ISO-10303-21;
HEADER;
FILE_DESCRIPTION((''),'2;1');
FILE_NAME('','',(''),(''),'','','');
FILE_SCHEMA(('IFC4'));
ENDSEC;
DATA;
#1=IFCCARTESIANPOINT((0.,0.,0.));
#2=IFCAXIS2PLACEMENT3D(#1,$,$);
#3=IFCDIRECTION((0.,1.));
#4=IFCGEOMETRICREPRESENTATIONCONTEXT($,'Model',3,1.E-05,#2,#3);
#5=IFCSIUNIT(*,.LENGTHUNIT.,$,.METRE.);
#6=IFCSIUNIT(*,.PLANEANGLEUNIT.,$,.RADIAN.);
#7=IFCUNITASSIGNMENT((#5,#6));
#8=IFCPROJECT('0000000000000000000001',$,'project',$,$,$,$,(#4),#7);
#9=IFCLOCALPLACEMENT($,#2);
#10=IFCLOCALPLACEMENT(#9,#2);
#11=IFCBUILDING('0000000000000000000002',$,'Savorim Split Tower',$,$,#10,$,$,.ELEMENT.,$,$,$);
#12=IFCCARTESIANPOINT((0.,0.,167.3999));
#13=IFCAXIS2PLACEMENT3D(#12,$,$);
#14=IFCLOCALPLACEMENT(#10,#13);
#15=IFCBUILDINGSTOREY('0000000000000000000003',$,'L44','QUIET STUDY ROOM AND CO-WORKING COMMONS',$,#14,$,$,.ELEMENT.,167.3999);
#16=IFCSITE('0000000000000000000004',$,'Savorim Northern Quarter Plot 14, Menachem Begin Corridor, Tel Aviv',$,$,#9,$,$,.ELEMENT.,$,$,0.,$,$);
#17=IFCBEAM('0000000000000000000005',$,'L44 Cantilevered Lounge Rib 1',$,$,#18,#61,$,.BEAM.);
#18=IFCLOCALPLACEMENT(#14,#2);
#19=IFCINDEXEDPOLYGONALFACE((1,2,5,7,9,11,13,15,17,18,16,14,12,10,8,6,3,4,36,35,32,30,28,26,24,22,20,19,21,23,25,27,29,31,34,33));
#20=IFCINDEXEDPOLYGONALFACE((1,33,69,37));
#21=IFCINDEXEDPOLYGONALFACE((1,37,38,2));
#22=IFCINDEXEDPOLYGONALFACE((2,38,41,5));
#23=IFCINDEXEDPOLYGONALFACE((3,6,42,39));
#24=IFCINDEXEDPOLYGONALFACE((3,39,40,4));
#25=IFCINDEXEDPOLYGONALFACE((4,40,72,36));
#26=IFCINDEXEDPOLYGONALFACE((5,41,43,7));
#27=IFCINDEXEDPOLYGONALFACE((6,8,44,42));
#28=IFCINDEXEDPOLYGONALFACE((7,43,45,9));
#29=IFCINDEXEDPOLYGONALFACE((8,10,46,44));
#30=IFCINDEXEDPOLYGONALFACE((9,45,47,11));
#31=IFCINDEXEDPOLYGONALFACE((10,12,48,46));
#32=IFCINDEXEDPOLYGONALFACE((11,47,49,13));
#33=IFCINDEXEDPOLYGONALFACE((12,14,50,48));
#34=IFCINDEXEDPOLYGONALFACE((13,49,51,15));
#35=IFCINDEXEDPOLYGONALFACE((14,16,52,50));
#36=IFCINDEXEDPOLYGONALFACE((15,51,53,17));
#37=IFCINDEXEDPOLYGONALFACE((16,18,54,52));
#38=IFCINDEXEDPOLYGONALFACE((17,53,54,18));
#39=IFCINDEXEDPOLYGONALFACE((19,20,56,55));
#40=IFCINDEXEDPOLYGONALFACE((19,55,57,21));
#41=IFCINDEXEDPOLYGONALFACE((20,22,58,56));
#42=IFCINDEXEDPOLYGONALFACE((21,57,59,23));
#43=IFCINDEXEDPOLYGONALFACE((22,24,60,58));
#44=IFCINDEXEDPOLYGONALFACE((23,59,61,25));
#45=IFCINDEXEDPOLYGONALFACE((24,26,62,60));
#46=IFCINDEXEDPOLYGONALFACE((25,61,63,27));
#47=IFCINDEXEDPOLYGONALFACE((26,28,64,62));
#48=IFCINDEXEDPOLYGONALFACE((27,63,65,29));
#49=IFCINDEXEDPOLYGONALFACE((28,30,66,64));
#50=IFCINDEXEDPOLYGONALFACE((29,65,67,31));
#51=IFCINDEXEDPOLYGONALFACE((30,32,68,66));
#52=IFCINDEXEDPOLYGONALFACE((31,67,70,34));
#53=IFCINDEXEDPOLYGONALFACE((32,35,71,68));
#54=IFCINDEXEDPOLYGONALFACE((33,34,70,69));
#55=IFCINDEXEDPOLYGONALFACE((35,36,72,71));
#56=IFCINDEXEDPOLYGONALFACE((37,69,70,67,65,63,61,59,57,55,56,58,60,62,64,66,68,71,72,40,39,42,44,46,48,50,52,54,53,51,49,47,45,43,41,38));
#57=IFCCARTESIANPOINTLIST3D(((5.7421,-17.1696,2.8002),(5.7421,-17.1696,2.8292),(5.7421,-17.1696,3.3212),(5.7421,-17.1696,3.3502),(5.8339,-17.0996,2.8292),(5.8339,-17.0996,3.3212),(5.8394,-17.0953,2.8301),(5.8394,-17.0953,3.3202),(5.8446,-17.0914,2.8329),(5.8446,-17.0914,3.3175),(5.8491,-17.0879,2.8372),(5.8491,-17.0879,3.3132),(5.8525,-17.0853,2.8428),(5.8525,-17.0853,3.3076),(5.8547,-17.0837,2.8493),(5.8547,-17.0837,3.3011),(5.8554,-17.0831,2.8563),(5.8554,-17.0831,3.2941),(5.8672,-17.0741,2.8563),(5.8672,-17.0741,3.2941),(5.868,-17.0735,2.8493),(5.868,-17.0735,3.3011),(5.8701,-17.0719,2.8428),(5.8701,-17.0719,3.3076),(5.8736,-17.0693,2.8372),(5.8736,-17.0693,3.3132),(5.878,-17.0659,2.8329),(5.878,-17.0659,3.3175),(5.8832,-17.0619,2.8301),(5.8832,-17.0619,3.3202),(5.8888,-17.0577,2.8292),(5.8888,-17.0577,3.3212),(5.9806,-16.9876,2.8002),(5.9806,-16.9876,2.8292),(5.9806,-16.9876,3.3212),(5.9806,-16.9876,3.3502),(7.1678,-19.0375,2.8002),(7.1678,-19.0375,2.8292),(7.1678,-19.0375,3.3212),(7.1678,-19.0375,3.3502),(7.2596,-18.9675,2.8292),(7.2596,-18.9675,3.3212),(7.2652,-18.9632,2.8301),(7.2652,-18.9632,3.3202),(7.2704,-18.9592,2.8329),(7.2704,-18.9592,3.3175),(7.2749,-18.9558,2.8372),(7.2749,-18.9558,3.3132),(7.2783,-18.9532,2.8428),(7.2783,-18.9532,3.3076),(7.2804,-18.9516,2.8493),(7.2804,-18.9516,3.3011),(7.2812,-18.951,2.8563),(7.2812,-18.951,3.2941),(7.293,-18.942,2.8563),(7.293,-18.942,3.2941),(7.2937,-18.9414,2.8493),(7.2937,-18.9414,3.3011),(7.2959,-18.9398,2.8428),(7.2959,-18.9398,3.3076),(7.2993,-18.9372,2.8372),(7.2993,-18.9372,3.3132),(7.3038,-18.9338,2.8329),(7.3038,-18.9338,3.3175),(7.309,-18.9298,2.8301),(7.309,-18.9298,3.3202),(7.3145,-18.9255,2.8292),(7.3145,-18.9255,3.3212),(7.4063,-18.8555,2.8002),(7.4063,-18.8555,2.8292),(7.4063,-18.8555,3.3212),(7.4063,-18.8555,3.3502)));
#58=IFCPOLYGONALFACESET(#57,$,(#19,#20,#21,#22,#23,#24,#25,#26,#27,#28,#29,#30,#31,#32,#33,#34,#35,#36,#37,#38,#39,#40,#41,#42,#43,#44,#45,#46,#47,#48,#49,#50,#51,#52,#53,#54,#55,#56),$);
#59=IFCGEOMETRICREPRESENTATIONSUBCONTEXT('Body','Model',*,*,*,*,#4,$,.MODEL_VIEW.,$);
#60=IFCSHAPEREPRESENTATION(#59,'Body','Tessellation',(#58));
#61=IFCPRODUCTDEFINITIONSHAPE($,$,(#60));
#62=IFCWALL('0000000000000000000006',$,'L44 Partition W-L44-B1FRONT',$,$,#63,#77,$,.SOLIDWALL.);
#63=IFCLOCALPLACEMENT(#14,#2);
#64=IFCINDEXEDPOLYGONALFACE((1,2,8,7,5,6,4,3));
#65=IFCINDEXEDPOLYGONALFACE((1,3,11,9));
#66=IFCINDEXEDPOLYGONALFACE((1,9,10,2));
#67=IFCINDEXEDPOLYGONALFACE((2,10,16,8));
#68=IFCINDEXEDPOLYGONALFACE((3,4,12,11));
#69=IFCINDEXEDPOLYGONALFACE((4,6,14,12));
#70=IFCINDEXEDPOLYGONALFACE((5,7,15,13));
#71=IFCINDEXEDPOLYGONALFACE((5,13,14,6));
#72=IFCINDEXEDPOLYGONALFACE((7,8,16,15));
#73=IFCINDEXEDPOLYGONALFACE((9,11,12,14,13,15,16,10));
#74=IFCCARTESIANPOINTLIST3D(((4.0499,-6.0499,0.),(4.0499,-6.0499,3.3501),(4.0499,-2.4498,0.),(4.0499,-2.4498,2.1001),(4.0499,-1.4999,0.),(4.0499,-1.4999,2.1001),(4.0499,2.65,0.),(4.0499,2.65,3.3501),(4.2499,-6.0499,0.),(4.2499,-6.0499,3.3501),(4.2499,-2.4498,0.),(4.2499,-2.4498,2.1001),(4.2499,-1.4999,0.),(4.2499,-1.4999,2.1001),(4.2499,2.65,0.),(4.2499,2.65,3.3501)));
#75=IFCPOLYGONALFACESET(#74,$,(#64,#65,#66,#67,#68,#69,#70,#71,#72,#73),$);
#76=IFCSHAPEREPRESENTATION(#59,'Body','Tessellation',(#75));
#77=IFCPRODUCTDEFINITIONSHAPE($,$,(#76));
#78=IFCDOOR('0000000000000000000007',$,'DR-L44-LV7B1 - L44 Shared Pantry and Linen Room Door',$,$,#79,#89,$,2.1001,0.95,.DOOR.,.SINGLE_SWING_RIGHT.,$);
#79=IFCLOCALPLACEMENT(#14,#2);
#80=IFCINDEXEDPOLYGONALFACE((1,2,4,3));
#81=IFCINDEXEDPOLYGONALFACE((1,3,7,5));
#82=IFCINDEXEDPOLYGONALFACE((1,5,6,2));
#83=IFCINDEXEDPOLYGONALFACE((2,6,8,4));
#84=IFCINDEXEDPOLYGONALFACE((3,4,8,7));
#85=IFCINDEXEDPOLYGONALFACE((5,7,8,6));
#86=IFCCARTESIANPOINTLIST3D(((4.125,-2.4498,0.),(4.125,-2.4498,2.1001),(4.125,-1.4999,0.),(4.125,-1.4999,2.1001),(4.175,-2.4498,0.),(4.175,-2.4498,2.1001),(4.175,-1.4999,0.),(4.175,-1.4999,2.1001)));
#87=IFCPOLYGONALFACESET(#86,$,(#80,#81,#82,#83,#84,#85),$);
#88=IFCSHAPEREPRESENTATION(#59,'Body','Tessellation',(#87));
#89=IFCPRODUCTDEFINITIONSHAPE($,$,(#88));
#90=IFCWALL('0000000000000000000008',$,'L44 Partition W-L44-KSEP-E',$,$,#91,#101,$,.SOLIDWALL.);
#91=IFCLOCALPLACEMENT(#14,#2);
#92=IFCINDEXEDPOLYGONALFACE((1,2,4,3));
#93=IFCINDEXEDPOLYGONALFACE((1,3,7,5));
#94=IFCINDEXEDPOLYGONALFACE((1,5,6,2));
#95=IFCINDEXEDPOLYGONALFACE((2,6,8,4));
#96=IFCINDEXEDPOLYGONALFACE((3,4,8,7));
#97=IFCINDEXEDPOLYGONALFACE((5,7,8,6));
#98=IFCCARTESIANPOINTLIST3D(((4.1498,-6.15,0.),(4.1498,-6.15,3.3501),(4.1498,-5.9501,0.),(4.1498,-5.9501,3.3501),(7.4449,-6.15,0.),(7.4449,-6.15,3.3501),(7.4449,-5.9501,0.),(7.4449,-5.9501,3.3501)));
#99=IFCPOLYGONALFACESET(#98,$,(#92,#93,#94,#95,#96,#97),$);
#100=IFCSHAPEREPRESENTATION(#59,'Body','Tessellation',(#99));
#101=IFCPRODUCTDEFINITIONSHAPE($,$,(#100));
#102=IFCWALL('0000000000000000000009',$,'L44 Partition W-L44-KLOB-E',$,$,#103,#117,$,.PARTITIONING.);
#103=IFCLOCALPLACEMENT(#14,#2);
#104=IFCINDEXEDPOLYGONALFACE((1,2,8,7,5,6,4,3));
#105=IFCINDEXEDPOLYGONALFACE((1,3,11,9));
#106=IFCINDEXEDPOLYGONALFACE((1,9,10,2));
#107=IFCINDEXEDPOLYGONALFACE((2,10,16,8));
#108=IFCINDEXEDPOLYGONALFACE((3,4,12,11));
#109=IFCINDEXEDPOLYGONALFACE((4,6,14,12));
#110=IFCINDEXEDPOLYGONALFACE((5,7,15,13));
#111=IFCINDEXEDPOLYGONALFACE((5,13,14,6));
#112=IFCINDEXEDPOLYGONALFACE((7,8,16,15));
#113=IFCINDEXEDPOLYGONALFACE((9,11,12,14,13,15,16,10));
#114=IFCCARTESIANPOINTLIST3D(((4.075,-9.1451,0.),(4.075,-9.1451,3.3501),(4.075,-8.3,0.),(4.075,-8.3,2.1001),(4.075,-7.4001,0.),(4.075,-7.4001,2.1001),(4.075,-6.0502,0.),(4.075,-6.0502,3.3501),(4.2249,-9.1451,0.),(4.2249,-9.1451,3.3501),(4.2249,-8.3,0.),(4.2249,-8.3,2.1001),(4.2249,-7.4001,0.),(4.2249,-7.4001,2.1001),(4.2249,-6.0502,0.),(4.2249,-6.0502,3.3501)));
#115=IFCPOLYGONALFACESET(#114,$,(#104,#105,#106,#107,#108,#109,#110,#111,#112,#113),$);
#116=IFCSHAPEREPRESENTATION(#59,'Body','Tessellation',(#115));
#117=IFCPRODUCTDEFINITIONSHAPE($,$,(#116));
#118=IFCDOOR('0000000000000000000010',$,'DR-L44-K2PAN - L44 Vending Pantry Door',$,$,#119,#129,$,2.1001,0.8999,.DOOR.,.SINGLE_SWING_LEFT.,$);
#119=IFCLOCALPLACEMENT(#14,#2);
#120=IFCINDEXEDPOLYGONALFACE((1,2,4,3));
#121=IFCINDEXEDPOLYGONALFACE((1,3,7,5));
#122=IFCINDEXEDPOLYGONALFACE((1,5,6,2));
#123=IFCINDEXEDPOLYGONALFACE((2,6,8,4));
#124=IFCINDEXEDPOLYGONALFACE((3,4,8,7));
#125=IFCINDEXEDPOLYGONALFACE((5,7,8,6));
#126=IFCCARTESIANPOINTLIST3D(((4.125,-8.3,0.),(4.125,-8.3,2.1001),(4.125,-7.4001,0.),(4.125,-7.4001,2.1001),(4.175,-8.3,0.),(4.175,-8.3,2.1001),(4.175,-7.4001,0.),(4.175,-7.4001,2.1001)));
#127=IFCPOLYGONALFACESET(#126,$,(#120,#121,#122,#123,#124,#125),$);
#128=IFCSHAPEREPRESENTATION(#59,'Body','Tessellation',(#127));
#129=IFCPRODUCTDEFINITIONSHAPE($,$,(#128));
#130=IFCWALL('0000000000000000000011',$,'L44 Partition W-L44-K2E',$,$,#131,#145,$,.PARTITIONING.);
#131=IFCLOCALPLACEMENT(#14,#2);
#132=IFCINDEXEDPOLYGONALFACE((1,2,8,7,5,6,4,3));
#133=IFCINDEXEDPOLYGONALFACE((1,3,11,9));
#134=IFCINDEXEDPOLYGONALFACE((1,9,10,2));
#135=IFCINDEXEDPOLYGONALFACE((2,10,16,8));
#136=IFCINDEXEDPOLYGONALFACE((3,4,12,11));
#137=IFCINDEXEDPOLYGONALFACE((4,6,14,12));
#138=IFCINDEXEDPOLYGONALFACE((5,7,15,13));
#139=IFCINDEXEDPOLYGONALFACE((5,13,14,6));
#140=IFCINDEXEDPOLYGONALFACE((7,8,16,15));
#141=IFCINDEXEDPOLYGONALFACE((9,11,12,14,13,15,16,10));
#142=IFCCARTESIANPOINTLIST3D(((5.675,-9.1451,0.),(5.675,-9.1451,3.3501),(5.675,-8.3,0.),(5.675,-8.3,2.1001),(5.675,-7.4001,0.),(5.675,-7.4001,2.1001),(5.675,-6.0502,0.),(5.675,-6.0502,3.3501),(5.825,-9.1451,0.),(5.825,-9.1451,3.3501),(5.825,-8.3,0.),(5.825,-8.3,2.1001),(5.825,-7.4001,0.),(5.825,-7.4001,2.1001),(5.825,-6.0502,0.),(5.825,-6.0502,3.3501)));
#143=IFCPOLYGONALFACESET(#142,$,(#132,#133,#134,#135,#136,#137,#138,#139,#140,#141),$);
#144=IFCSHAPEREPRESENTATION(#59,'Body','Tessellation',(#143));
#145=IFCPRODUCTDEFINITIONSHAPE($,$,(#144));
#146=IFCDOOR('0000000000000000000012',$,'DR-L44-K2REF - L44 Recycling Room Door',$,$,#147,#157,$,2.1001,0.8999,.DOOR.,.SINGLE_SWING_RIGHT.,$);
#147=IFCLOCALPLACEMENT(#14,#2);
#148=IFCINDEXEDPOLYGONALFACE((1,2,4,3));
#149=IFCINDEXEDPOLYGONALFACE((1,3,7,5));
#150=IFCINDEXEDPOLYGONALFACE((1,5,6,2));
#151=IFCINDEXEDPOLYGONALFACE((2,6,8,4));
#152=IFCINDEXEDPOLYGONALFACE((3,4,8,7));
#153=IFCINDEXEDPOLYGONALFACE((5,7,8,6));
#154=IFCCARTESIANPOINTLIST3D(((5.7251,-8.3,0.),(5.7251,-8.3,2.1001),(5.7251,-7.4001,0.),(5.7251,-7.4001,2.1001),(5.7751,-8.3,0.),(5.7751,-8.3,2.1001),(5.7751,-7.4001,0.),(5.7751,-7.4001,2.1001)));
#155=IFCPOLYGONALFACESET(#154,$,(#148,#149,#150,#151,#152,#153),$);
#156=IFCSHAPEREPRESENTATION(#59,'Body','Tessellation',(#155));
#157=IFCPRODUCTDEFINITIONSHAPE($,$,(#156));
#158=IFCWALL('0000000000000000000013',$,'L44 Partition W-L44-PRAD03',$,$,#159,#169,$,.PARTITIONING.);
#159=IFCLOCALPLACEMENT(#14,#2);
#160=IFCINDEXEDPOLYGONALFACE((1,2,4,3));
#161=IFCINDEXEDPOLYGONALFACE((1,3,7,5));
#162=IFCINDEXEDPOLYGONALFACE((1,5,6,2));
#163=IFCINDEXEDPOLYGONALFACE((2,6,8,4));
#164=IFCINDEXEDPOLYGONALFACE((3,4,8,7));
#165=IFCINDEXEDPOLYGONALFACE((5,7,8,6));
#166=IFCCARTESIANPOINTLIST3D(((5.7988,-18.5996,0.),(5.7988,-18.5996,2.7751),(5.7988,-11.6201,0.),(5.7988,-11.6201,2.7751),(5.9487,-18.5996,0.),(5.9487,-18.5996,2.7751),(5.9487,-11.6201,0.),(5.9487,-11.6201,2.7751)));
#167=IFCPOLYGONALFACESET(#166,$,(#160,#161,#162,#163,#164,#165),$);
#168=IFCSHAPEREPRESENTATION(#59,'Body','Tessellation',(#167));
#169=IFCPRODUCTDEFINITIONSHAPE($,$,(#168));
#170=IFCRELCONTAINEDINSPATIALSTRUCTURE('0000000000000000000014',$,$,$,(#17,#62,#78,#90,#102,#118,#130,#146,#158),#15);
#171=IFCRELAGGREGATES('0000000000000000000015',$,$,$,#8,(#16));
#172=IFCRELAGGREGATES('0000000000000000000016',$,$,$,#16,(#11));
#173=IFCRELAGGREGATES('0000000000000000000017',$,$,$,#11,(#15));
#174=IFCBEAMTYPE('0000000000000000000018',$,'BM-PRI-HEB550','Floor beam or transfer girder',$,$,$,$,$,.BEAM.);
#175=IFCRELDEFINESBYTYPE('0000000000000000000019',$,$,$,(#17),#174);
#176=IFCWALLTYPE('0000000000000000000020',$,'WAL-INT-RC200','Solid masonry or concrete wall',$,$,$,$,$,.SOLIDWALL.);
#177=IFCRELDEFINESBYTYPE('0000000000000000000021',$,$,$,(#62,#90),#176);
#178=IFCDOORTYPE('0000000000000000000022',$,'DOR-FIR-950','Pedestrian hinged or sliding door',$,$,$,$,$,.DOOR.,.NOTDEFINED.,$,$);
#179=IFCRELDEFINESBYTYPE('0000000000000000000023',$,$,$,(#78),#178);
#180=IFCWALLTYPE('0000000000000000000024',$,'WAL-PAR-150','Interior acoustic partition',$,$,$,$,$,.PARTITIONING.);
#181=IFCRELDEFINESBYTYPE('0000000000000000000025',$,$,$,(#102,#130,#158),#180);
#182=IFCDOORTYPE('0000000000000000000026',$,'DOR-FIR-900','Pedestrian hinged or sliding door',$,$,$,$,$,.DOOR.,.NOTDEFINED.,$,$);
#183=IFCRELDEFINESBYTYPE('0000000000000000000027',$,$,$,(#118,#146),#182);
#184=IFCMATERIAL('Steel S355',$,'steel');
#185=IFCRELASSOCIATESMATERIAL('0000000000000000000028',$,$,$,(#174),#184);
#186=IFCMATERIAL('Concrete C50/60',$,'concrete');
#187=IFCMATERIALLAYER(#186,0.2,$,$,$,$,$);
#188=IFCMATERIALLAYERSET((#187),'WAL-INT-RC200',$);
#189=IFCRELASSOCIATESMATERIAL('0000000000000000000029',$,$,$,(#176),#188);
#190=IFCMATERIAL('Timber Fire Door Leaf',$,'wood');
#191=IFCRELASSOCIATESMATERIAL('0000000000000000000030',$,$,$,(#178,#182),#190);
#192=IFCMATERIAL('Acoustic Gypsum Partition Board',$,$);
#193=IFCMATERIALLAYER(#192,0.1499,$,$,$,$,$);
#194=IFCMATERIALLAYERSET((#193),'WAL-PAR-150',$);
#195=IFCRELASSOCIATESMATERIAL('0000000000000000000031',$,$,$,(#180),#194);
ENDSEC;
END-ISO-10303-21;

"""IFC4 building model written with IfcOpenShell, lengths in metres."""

from ifc_helpers import new_model, si_unit, direction, frame, frame_2d, origin, origin_2d, place, context, subcontext, project, spatial, rectangle, i_section, extrude, material, layer, layer_set, material_profile, profile_set, type_object, element, fill, save


model = new_model("IFC4")

# Units and contexts
model_context = context("Model", 3, precision=1e-05, world=origin(), true_north=direction((0.0, 1.0)))
body_context = subcontext(model_context, "Body", "Model", "MODEL_VIEW")
ifc_project = project(units=[si_unit("LENGTHUNIT", "METRE"), si_unit("PLANEANGLEUNIT", "RADIAN")], contexts=[model_context])

# Site, building, storey
site_placement = place(None, origin())
site = spatial("IfcSite", under=ifc_project, at=site_placement, Name="Savorim Northern Quarter Plot 14, Menachem Begin Corridor, Tel Aviv", CompositionType="ELEMENT", RefElevation=0.0)
building_placement = place(site_placement, origin())
building = spatial("IfcBuilding", under=site, at=building_placement, Name="Savorim Split Tower", CompositionType="ELEMENT")
storey_placement = place(building_placement, frame((0.0, 0.0, 167.3999)))
storey = spatial("IfcBuildingStorey", under=building, at=storey_placement, Name="L44", Description="QUIET STUDY ROOM AND CO-WORKING COMMONS", CompositionType="ELEMENT", Elevation=167.3999)

# Beam
ifc_material_1 = material(Name="Steel S355", Category="steel")
ifc_material_profile_1 = material_profile(ifc_material_1, i_section(OverallWidth=0.3, OverallDepth=0.55, WebThickness=0.0149, FlangeThickness=0.0291, FilletRadius=0.0271, at=origin_2d()), Name="HEB 550")
ifc_profile_set_1 = profile_set([ifc_material_profile_1], Name="Steel S355")
beam_type_1 = type_object("IfcBeamType", Name="BM-PRI-HEB550", Description="Floor beam or transfer girder", PredefinedType="BEAM", material=ifc_profile_set_1)
beam_1_placement = place(storey_placement, frame((5.8613, -17.0786, 3.0752), z_axis=(0.606744, -0.794897, 0.0), x_axis=(0.794897, 0.606744, 0.0)))
element("IfcBeam", 1, at=beam_1_placement, inside=storey, type_object=beam_type_1, Name="L44 Cantilevered Lounge Rib 1", PredefinedType="BEAM", context=body_context, shape_type="SweptSolid", body=[
    extrude(i_section(OverallWidth=0.3, OverallDepth=0.55, WebThickness=0.0149, FlangeThickness=0.0291, FilletRadius=0.0271, at=origin_2d()), origin(), (0.0, 0.0, 1.0), 2.3499),
])

# Wall, opening, door
ifc_material_2 = material(Name="Concrete C50/60", Category="concrete")
ifc_layer_1 = layer(ifc_material_2, 0.2)
ifc_layer_set_1 = layer_set([ifc_layer_1], Name="WAL-INT-RC200")
wall_type_1 = type_object("IfcWallType", Name="WAL-INT-RC200", Description="Solid masonry or concrete wall", PredefinedType="SOLIDWALL", material=ifc_layer_set_1)
wall_1_placement = place(storey_placement, frame((4.1499, -6.05, 0.0), z_axis=(0.0, 0.0, 1.0), x_axis=(0.0, 1.0, 0.0)))
wall_1 = element("IfcWall", 2, at=wall_1_placement, inside=storey, type_object=wall_type_1, Name="L44 Partition W-L44-B1FRONT", PredefinedType="SOLIDWALL", context=body_context, shape_type="SweptSolid", body=[
    extrude(rectangle(XDim=8.7, YDim=0.2, at=frame_2d((4.3501, 0.0))), origin(), (0.0, 0.0, 1.0), 3.3501),
])
opening_1_placement = place(wall_1_placement, frame((3.6001, 0.0, 0.0)))
opening_1 = element("IfcOpeningElement", 3, at=opening_1_placement, cuts=wall_1, PredefinedType="OPENING", context=body_context, shape_type="SweptSolid", body=[
    extrude(rectangle(XDim=0.95, YDim=2.1001, at=frame_2d((0.4751, 1.05))), frame((0.0, 0.1099, 0.0), z_axis=(0.0, -1.0, 0.0), x_axis=(1.0, 0.0, 0.0)), (0.0, 0.0, 1.0), 0.22),
])
ifc_material_3 = material(Name="Timber Fire Door Leaf", Category="wood")
door_type_1 = type_object("IfcDoorType", Name="DOR-FIR-950", Description="Pedestrian hinged or sliding door", OperationType="NOTDEFINED", PredefinedType="DOOR", material=ifc_material_3)
door_1_placement = place(opening_1_placement, origin())
door_1 = element("IfcDoor", 4, at=door_1_placement, inside=storey, type_object=door_type_1, Name="DR-L44-LV7B1 - L44 Shared Pantry and Linen Room Door", OperationType="SINGLE_SWING_RIGHT", OverallHeight=2.1001, OverallWidth=0.95, PredefinedType="DOOR", context=body_context, shape_type="SweptSolid", body=[
    extrude(rectangle(XDim=0.95, YDim=2.1001, at=frame_2d((0.4751, 1.05))), frame((0.0, 0.0249, 0.0), z_axis=(0.0, -1.0, 0.0), x_axis=(1.0, 0.0, 0.0)), (0.0, 0.0, 1.0), 0.05),
])
fill(opening_1, door_1)

# Wall
wall_2_placement = place(storey_placement, frame((4.1499, -6.05, 0.0), z_axis=(0.0, 0.0, 1.0), x_axis=(1.0, 0.0, 0.0)))
element("IfcWall", 5, at=wall_2_placement, inside=storey, type_object=wall_type_1, Name="L44 Partition W-L44-KSEP-E", PredefinedType="SOLIDWALL", context=body_context, shape_type="SweptSolid", body=[
    extrude(rectangle(XDim=3.2952, YDim=0.2, at=frame_2d((1.6475, 0.0))), origin(), (0.0, 0.0, 1.0), 3.3501),
])

# Walls, openings, doors
ifc_material_4 = material(Name="Acoustic Gypsum Partition Board")
ifc_layer_2 = layer(ifc_material_4, 0.1499)
ifc_layer_set_2 = layer_set([ifc_layer_2], Name="WAL-PAR-150")
wall_type_2 = type_object("IfcWallType", Name="WAL-PAR-150", Description="Interior acoustic partition", PredefinedType="PARTITIONING", material=ifc_layer_set_2)
wall_3_placement = place(storey_placement, frame((4.1499, -9.145, 0.0), z_axis=(0.0, 0.0, 1.0), x_axis=(0.0, 1.0, 0.0)))
wall_3 = element("IfcWall", 6, at=wall_3_placement, inside=storey, type_object=wall_type_2, Name="L44 Partition W-L44-KLOB-E", PredefinedType="PARTITIONING", context=body_context, shape_type="SweptSolid", body=[
    extrude(rectangle(XDim=3.095, YDim=0.1499, at=frame_2d((1.5474, 0.0))), origin(), (0.0, 0.0, 1.0), 3.3501),
])
opening_2_placement = place(wall_3_placement, frame((0.845, 0.0, 0.0)))
opening_2 = element("IfcOpeningElement", 7, at=opening_2_placement, cuts=wall_3, PredefinedType="OPENING", context=body_context, shape_type="SweptSolid", body=[
    extrude(rectangle(XDim=0.8999, YDim=2.1001, at=frame_2d((0.45, 1.05))), frame((0.0, 0.085, 0.0), z_axis=(0.0, -1.0, 0.0), x_axis=(1.0, 0.0, 0.0)), (0.0, 0.0, 1.0), 0.1699),
])
door_type_2 = type_object("IfcDoorType", Name="DOR-FIR-900", Description="Pedestrian hinged or sliding door", OperationType="NOTDEFINED", PredefinedType="DOOR", material=ifc_material_3)
door_2_placement = place(opening_2_placement, origin())
door_2 = element("IfcDoor", 8, at=door_2_placement, inside=storey, type_object=door_type_2, Name="DR-L44-K2PAN - L44 Vending Pantry Door", OperationType="SINGLE_SWING_LEFT", OverallHeight=2.1001, OverallWidth=0.8999, PredefinedType="DOOR", context=body_context, shape_type="SweptSolid", body=[
    extrude(rectangle(XDim=0.8999, YDim=2.1001, at=frame_2d((0.45, 1.05))), frame((0.0, 0.0249, 0.0), z_axis=(0.0, -1.0, 0.0), x_axis=(1.0, 0.0, 0.0)), (0.0, 0.0, 1.0), 0.05),
])
fill(opening_2, door_2)
wall_4_placement = place(storey_placement, frame((5.75, -9.145, 0.0), z_axis=(0.0, 0.0, 1.0), x_axis=(0.0, 1.0, 0.0)))
wall_4 = element("IfcWall", 9, at=wall_4_placement, inside=storey, type_object=wall_type_2, Name="L44 Partition W-L44-K2E", PredefinedType="PARTITIONING", context=body_context, shape_type="SweptSolid", body=[
    extrude(rectangle(XDim=3.095, YDim=0.1499, at=frame_2d((1.5474, 0.0))), origin(), (0.0, 0.0, 1.0), 3.3501),
])
opening_3_placement = place(wall_4_placement, frame((0.845, 0.0, 0.0)))
opening_3 = element("IfcOpeningElement", 10, at=opening_3_placement, cuts=wall_4, PredefinedType="OPENING", context=body_context, shape_type="SweptSolid", body=[
    extrude(rectangle(XDim=0.8999, YDim=2.1001, at=frame_2d((0.45, 1.05))), frame((0.0, 0.085, 0.0), z_axis=(0.0, -1.0, 0.0), x_axis=(1.0, 0.0, 0.0)), (0.0, 0.0, 1.0), 0.1699),
])
door_3_placement = place(opening_3_placement, origin())
door_3 = element("IfcDoor", 11, at=door_3_placement, inside=storey, type_object=door_type_2, Name="DR-L44-K2REF - L44 Recycling Room Door", OperationType="SINGLE_SWING_RIGHT", OverallHeight=2.1001, OverallWidth=0.8999, PredefinedType="DOOR", context=body_context, shape_type="SweptSolid", body=[
    extrude(rectangle(XDim=0.8999, YDim=2.1001, at=frame_2d((0.45, 1.05))), frame((0.0, 0.0249, 0.0), z_axis=(0.0, -1.0, 0.0), x_axis=(1.0, 0.0, 0.0)), (0.0, 0.0, 1.0), 0.05),
])
fill(opening_3, door_3)

# Wall
wall_5_placement = place(storey_placement, frame((5.8738, -11.6201, 0.0), z_axis=(0.0, 0.0, 1.0), x_axis=(0.0, -1.0, 0.0)))
element("IfcWall", 12, at=wall_5_placement, inside=storey, type_object=wall_type_2, Name="L44 Partition W-L44-PRAD03", PredefinedType="PARTITIONING", context=body_context, shape_type="SweptSolid", body=[
    extrude(rectangle(XDim=6.9795, YDim=0.1499, at=frame_2d((3.4897, 0.0))), origin(), (0.0, 0.0, 1.0), 2.7751),
])

save(model, "model.ifc")
